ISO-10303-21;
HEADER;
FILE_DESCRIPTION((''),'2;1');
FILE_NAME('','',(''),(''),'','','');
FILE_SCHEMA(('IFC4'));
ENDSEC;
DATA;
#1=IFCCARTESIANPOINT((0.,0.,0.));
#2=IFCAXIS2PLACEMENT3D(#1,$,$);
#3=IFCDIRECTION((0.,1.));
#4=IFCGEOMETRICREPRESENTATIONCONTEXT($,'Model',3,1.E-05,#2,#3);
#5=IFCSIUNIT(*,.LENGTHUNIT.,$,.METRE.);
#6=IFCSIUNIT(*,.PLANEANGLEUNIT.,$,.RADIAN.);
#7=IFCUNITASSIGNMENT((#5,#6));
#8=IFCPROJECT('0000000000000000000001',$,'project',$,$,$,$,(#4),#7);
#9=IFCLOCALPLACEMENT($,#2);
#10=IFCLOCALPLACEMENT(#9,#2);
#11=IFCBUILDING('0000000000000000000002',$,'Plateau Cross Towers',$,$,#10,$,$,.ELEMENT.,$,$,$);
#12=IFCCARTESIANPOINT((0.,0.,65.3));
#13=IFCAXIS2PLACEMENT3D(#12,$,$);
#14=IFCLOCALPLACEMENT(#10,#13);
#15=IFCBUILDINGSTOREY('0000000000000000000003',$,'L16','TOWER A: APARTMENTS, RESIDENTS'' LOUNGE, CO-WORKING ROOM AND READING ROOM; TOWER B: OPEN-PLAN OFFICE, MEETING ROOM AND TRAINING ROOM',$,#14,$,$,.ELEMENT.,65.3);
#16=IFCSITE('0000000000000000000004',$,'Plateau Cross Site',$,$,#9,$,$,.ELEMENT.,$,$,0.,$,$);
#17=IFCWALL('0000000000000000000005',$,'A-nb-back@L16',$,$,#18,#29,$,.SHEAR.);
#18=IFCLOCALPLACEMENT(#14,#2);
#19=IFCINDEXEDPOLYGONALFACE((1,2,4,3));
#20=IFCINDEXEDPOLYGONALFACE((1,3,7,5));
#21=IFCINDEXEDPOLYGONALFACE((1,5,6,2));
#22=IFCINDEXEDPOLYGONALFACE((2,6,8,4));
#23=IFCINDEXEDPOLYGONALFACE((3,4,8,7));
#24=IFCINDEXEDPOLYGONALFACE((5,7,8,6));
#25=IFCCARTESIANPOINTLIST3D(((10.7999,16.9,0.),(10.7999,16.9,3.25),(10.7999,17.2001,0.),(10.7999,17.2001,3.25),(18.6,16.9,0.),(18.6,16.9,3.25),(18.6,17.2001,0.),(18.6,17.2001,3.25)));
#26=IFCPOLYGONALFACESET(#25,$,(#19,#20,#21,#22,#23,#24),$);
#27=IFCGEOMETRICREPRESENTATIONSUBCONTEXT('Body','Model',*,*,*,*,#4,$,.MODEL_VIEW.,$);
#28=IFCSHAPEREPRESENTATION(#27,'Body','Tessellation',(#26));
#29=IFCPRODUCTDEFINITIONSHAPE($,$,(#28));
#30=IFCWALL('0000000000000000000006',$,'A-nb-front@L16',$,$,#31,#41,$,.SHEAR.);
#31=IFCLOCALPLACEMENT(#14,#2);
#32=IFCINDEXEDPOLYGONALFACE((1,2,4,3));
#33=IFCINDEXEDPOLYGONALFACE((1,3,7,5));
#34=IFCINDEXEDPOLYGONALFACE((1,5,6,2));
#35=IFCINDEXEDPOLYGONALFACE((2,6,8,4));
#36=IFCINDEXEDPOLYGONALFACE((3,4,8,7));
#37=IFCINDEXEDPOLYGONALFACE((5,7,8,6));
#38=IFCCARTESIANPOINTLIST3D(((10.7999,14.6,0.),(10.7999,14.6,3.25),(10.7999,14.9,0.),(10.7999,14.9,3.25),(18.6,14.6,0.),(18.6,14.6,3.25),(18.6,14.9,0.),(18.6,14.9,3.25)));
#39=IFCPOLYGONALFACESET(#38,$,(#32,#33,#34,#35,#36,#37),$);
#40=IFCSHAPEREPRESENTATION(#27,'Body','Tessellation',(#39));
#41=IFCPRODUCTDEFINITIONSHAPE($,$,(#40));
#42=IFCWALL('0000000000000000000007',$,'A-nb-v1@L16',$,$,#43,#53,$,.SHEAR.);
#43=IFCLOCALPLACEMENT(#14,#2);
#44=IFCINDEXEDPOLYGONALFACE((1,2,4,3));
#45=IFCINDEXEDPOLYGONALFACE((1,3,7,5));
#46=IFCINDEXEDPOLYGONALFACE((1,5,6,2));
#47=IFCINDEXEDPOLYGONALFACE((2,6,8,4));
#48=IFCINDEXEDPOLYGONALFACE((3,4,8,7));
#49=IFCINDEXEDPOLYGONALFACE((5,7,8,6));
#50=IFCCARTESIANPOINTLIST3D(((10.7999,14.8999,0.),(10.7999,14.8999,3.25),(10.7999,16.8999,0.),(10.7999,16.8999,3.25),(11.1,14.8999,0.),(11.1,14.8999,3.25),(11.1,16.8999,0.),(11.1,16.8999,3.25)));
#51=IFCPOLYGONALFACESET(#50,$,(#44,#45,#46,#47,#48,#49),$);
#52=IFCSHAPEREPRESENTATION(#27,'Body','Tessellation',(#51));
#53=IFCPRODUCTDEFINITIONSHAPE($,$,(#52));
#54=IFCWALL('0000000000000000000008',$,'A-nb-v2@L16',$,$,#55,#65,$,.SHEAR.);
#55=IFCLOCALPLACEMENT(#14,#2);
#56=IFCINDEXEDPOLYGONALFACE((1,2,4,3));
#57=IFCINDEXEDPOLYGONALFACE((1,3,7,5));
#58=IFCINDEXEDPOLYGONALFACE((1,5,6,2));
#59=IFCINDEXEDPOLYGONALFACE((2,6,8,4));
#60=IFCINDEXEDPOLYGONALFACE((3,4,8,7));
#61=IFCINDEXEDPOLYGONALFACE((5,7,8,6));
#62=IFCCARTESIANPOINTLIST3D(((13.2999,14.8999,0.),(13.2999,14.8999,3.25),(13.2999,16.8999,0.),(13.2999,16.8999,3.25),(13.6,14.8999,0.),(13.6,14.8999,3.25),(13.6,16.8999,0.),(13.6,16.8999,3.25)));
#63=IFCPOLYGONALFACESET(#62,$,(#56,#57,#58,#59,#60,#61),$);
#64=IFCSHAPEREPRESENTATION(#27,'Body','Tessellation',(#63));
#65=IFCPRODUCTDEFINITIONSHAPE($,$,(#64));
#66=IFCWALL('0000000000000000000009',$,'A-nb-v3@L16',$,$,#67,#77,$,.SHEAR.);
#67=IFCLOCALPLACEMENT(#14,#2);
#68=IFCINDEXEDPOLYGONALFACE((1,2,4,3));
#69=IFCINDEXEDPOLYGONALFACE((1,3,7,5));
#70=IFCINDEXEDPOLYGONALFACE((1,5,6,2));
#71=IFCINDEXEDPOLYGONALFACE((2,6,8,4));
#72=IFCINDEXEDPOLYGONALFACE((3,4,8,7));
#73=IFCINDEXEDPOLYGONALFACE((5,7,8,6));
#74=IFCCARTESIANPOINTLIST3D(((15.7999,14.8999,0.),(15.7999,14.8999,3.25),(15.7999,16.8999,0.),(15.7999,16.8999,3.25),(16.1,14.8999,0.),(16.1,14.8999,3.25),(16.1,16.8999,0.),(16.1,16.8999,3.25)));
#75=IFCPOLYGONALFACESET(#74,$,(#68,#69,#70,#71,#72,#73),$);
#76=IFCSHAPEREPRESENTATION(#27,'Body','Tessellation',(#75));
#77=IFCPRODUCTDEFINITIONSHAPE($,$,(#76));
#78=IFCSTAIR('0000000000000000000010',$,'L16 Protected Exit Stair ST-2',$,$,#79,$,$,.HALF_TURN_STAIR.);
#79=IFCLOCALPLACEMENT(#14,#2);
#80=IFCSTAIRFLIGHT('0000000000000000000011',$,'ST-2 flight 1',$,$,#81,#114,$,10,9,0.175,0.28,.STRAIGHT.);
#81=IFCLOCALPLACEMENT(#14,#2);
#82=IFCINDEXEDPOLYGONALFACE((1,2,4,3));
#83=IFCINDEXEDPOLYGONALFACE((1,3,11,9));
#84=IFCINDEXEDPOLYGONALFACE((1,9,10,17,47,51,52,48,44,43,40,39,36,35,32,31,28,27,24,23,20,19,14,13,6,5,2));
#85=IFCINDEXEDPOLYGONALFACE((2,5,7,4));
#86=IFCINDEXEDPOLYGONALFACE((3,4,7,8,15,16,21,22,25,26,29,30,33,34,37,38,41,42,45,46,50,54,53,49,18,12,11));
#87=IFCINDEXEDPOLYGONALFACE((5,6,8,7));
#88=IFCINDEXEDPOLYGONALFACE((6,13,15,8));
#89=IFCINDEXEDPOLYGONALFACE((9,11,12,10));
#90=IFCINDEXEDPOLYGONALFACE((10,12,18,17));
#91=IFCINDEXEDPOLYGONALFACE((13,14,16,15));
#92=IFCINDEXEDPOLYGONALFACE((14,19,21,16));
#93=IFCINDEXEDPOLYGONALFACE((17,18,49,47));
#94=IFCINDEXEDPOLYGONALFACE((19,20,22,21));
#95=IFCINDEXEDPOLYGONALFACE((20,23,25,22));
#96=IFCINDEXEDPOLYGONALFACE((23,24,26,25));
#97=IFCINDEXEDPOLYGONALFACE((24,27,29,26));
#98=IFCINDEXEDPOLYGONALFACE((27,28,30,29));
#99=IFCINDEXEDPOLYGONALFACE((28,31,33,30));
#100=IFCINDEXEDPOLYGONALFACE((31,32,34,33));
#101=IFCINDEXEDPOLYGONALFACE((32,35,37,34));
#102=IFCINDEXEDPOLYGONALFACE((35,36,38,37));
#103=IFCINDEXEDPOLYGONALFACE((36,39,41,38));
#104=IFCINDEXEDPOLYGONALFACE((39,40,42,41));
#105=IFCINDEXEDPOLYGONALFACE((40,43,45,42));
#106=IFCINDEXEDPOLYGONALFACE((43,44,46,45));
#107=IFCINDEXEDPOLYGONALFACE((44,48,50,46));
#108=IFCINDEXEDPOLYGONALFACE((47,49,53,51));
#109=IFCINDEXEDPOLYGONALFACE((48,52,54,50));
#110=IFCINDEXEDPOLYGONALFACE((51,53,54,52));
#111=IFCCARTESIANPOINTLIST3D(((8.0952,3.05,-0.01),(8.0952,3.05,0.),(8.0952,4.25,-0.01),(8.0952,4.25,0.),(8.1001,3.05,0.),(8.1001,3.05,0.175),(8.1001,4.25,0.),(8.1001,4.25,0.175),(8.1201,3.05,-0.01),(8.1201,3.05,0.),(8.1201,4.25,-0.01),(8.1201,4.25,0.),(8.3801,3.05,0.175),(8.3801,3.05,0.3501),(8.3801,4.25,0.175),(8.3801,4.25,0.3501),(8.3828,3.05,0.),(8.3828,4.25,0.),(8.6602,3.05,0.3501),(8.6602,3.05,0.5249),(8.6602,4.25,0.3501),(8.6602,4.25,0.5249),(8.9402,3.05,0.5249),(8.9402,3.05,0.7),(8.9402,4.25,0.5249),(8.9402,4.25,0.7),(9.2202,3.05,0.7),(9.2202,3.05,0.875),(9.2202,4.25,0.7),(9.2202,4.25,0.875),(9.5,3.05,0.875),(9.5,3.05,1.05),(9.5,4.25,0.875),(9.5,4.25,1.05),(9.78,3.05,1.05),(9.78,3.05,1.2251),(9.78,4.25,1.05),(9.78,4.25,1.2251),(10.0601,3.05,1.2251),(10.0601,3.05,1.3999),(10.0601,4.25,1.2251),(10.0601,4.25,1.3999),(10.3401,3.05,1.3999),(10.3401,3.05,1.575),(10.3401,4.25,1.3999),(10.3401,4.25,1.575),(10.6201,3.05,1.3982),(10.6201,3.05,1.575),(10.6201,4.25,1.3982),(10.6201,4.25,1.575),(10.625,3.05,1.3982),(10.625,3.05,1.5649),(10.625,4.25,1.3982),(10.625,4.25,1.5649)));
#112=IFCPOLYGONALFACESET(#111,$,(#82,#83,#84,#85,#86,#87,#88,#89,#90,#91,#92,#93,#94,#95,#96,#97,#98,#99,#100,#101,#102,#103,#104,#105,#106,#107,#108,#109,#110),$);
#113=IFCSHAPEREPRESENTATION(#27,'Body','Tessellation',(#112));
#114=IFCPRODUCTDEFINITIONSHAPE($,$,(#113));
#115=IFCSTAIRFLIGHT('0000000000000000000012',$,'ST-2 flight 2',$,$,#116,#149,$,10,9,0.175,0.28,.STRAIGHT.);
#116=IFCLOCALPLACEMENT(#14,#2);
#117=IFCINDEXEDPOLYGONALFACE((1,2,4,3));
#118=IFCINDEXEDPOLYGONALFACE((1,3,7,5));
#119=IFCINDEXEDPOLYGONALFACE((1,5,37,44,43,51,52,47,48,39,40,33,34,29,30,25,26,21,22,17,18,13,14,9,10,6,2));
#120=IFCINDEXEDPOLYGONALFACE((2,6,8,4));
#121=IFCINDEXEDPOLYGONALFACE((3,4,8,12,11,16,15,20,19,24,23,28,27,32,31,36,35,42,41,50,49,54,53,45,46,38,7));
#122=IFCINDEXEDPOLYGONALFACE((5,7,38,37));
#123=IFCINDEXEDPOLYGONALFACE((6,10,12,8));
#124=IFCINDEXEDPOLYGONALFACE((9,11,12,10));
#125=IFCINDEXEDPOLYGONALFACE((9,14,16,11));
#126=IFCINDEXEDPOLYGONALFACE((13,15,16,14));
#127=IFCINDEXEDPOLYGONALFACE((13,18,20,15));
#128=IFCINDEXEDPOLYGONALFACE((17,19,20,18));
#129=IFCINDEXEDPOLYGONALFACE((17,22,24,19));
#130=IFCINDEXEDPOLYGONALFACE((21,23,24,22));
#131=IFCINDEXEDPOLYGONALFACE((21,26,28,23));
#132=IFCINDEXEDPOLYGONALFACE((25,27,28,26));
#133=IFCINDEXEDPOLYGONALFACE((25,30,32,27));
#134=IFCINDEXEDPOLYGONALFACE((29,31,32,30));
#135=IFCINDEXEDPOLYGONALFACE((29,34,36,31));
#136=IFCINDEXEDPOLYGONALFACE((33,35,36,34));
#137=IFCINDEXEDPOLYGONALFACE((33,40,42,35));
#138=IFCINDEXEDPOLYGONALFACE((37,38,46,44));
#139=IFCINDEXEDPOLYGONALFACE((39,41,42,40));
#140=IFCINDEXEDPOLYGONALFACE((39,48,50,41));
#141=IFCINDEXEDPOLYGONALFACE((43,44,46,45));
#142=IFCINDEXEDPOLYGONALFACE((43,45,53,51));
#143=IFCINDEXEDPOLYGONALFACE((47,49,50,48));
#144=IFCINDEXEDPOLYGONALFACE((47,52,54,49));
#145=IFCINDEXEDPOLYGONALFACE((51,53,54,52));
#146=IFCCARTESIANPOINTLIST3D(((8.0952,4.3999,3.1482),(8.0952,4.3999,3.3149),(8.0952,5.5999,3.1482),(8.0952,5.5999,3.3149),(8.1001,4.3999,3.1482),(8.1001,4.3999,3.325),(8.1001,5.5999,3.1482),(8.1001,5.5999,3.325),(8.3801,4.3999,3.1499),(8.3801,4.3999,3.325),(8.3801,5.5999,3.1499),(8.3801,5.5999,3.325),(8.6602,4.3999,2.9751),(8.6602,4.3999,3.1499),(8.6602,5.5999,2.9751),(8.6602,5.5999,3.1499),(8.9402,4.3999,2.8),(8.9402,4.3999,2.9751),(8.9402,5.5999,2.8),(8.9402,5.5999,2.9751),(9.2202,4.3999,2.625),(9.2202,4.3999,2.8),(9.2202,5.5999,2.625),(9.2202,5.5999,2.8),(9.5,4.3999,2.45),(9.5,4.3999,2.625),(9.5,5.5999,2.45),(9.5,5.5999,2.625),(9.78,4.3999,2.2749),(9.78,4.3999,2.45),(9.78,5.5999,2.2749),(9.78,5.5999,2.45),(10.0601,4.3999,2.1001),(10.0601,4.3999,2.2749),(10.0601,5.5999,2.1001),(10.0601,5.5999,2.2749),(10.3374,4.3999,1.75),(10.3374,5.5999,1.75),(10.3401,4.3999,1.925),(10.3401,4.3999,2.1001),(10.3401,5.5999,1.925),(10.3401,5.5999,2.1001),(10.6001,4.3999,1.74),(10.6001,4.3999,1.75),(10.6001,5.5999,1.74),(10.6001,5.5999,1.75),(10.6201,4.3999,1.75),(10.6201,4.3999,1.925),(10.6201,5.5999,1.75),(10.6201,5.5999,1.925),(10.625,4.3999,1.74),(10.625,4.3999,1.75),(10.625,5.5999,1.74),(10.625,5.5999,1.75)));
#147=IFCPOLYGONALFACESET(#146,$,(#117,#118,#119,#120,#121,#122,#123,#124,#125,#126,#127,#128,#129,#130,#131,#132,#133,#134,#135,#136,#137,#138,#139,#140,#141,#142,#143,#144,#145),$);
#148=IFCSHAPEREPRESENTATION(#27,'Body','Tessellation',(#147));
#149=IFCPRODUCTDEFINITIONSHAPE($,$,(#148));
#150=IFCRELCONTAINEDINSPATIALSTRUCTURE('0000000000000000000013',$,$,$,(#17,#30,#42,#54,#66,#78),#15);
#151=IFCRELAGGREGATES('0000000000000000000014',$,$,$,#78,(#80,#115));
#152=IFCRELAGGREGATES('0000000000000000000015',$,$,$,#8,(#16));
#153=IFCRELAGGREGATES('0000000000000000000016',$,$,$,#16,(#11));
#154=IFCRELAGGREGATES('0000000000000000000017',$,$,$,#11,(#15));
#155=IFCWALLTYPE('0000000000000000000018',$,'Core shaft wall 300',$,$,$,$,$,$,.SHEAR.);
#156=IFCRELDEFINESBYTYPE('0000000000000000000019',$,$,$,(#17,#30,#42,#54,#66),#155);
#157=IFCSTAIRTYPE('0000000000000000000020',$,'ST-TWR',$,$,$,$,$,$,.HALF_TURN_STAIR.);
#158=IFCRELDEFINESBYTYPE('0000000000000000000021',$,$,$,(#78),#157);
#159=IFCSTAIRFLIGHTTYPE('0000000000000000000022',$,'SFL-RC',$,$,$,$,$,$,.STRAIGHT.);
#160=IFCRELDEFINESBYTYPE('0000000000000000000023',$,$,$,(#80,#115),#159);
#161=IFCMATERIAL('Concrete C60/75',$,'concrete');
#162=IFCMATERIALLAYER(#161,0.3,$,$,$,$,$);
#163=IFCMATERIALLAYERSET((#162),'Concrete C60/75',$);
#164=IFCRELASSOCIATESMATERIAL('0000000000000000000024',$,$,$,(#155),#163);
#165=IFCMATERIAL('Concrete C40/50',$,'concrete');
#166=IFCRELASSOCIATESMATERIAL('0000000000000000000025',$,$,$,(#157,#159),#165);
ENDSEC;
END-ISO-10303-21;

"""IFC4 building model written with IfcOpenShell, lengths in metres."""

from ifc_helpers import new_model, si_unit, direction, frame, frame_2d, origin, place, context, subcontext, project, spatial, polyline, rectangle, outline, extrude, material, layer, layer_set, type_object, element, aggregate, save


model = new_model("IFC4")

# Units and contexts
model_context = context("Model", 3, precision=1e-05, world=origin(), true_north=direction((0.0, 1.0)))
body_context = subcontext(model_context, "Body", "Model", "MODEL_VIEW")
ifc_project = project(units=[si_unit("LENGTHUNIT", "METRE"), si_unit("PLANEANGLEUNIT", "RADIAN")], contexts=[model_context])

# Site, building, storey
site_placement = place(None, origin())
site = spatial("IfcSite", under=ifc_project, at=site_placement, Name="Plateau Cross Site", CompositionType="ELEMENT", RefElevation=0.0)
building_placement = place(site_placement, origin())
building = spatial("IfcBuilding", under=site, at=building_placement, Name="Plateau Cross Towers", CompositionType="ELEMENT")
storey_placement = place(building_placement, frame((0.0, 0.0, 65.3)))
storey = spatial("IfcBuildingStorey", under=building, at=storey_placement, Name="L16", Description="TOWER A: APARTMENTS, RESIDENTS' LOUNGE, CO-WORKING ROOM AND READING ROOM; TOWER B: OPEN-PLAN OFFICE, MEETING ROOM AND TRAINING ROOM", CompositionType="ELEMENT", Elevation=65.3)

# Shared definitions
ifc_material_1 = material(Name="Concrete C60/75", Category="concrete")

# Walls
ifc_layer_1 = layer(ifc_material_1, 0.3)
ifc_layer_set_1 = layer_set([ifc_layer_1], Name="Concrete C60/75")
wall_type_1 = type_object("IfcWallType", Name="Core shaft wall 300", PredefinedType="SHEAR", material=ifc_layer_set_1)
for number, where, z_axis, x_axis, name in (
    (1, (10.8, 17.05, 0.0), (0.0, 0.0, 1.0), (1.0, 0.0, 0.0), "A-nb-back@L16"),
    (2, (10.8, 14.75, 0.0), (0.0, 0.0, 1.0), (1.0, 0.0, 0.0), "A-nb-front@L16"),
):
    element("IfcWall", number, at=place(storey_placement, frame(where, z_axis=z_axis, x_axis=x_axis)), inside=storey, type_object=wall_type_1, Name=name, PredefinedType="SHEAR", context=body_context, shape_type="SweptSolid", body=[
        extrude(rectangle(XDim=7.8, YDim=0.3, at=frame_2d((3.8999, 0.0))), origin(), (0.0, 0.0, 1.0), 3.25),
    ])
for number, where, z_axis, x_axis, name in (
    (3, (10.95, 14.8999, 0.0), (0.0, 0.0, 1.0), (0.0, 1.0, 0.0), "A-nb-v1@L16"),
    (4, (13.45, 14.8999, 0.0), (0.0, 0.0, 1.0), (0.0, 1.0, 0.0), "A-nb-v2@L16"),
    (5, (15.95, 14.8999, 0.0), (0.0, 0.0, 1.0), (0.0, 1.0, 0.0), "A-nb-v3@L16"),
):
    element("IfcWall", number, at=place(storey_placement, frame(where, z_axis=z_axis, x_axis=x_axis)), inside=storey, type_object=wall_type_1, Name=name, PredefinedType="SHEAR", context=body_context, shape_type="SweptSolid", body=[
        extrude(rectangle(XDim=2.0, YDim=0.3, at=frame_2d((1.0, 0.0))), origin(), (0.0, 0.0, 1.0), 3.25),
    ])

# Stair, stair flights
ifc_material_2 = material(Name="Concrete C40/50", Category="concrete")
stair_type = type_object("IfcStairType", Name="ST-TWR", PredefinedType="HALF_TURN_STAIR", material=ifc_material_2)
stair_placement = place(storey_placement, origin())
stair = element("IfcStair", 6, at=stair_placement, inside=storey, type_object=stair_type, Name="L16 Protected Exit Stair ST-2", PredefinedType="HALF_TURN_STAIR")
stair_flight_type = type_object("IfcStairFlightType", Name="SFL-RC", PredefinedType="STRAIGHT", material=ifc_material_2)
stair_flight_1_placement = place(storey_placement, frame((8.1001, 3.6499, 0.0), z_axis=(0.0, 0.0, 1.0), x_axis=(1.0, 0.0, 0.0)))
stair_flight_1 = element("IfcStairFlight", 7, at=stair_flight_1_placement, type_object=stair_flight_type, Name="ST-2 flight 1", NumberOfRisers=10, NumberOfTreads=9, PredefinedType="STRAIGHT", RiserHeight=0.175, TreadLength=0.28, context=body_context, shape_type="SweptSolid", body=[
    extrude(outline(polyline([(-0.0049, -0.01), (-0.0049, 0.0), (0.0, 0.0), (0.0, 0.175), (0.28, 0.175), (0.28, 0.3501), (0.5601, 0.3501), (0.5601, 0.5249), (0.8401, 0.5249), (0.8401, 0.7), (1.1201, 0.7), (1.1201, 0.875), (1.3999, 0.875), (1.3999, 1.05), (1.6799, 1.05), (1.6799, 1.2251), (1.96, 1.2251), (1.96, 1.3999), (2.24, 1.3999), (2.24, 1.575), (2.52, 1.575), (2.5249, 1.5649), (2.5249, 1.3982), (2.52, 1.3982), (0.2827, 0.0), (0.02, 0.0), (0.02, -0.01), (-0.0049, -0.01)])), frame((0.0, 0.6001, 0.0), z_axis=(0.0, -1.0, 0.0), x_axis=(1.0, 0.0, 0.0)), (0.0, 0.0, 1.0), 1.2),
])
stair_flight_2_placement = place(storey_placement, frame((10.6201, 5.0, 1.75), z_axis=(0.0, 0.0, 1.0), x_axis=(-1.0, 0.0, 0.0)))
stair_flight_2 = element("IfcStairFlight", 8, at=stair_flight_2_placement, type_object=stair_flight_type, Name="ST-2 flight 2", NumberOfRisers=10, NumberOfTreads=9, PredefinedType="STRAIGHT", RiserHeight=0.175, TreadLength=0.28, context=body_context, shape_type="SweptSolid", body=[
    extrude(outline(polyline([(-0.0049, -0.01), (-0.0049, 0.0), (0.0, 0.0), (0.0, 0.175), (0.28, 0.175), (0.28, 0.3501), (0.5601, 0.3501), (0.5601, 0.5249), (0.8401, 0.5249), (0.8401, 0.7), (1.1201, 0.7), (1.1201, 0.875), (1.3999, 0.875), (1.3999, 1.05), (1.6799, 1.05), (1.6799, 1.2251), (1.96, 1.2251), (1.96, 1.3999), (2.24, 1.3999), (2.24, 1.575), (2.52, 1.575), (2.5249, 1.5649), (2.5249, 1.3982), (2.52, 1.3982), (0.2827, 0.0), (0.02, 0.0), (0.02, -0.01), (-0.0049, -0.01)])), frame((0.0, 0.6001, 0.0), z_axis=(0.0, -1.0, 0.0), x_axis=(1.0, 0.0, 0.0)), (0.0, 0.0, 1.0), 1.2),
])
aggregate(stair, [stair_flight_1, stair_flight_2])

save(model, "model.ifc")
